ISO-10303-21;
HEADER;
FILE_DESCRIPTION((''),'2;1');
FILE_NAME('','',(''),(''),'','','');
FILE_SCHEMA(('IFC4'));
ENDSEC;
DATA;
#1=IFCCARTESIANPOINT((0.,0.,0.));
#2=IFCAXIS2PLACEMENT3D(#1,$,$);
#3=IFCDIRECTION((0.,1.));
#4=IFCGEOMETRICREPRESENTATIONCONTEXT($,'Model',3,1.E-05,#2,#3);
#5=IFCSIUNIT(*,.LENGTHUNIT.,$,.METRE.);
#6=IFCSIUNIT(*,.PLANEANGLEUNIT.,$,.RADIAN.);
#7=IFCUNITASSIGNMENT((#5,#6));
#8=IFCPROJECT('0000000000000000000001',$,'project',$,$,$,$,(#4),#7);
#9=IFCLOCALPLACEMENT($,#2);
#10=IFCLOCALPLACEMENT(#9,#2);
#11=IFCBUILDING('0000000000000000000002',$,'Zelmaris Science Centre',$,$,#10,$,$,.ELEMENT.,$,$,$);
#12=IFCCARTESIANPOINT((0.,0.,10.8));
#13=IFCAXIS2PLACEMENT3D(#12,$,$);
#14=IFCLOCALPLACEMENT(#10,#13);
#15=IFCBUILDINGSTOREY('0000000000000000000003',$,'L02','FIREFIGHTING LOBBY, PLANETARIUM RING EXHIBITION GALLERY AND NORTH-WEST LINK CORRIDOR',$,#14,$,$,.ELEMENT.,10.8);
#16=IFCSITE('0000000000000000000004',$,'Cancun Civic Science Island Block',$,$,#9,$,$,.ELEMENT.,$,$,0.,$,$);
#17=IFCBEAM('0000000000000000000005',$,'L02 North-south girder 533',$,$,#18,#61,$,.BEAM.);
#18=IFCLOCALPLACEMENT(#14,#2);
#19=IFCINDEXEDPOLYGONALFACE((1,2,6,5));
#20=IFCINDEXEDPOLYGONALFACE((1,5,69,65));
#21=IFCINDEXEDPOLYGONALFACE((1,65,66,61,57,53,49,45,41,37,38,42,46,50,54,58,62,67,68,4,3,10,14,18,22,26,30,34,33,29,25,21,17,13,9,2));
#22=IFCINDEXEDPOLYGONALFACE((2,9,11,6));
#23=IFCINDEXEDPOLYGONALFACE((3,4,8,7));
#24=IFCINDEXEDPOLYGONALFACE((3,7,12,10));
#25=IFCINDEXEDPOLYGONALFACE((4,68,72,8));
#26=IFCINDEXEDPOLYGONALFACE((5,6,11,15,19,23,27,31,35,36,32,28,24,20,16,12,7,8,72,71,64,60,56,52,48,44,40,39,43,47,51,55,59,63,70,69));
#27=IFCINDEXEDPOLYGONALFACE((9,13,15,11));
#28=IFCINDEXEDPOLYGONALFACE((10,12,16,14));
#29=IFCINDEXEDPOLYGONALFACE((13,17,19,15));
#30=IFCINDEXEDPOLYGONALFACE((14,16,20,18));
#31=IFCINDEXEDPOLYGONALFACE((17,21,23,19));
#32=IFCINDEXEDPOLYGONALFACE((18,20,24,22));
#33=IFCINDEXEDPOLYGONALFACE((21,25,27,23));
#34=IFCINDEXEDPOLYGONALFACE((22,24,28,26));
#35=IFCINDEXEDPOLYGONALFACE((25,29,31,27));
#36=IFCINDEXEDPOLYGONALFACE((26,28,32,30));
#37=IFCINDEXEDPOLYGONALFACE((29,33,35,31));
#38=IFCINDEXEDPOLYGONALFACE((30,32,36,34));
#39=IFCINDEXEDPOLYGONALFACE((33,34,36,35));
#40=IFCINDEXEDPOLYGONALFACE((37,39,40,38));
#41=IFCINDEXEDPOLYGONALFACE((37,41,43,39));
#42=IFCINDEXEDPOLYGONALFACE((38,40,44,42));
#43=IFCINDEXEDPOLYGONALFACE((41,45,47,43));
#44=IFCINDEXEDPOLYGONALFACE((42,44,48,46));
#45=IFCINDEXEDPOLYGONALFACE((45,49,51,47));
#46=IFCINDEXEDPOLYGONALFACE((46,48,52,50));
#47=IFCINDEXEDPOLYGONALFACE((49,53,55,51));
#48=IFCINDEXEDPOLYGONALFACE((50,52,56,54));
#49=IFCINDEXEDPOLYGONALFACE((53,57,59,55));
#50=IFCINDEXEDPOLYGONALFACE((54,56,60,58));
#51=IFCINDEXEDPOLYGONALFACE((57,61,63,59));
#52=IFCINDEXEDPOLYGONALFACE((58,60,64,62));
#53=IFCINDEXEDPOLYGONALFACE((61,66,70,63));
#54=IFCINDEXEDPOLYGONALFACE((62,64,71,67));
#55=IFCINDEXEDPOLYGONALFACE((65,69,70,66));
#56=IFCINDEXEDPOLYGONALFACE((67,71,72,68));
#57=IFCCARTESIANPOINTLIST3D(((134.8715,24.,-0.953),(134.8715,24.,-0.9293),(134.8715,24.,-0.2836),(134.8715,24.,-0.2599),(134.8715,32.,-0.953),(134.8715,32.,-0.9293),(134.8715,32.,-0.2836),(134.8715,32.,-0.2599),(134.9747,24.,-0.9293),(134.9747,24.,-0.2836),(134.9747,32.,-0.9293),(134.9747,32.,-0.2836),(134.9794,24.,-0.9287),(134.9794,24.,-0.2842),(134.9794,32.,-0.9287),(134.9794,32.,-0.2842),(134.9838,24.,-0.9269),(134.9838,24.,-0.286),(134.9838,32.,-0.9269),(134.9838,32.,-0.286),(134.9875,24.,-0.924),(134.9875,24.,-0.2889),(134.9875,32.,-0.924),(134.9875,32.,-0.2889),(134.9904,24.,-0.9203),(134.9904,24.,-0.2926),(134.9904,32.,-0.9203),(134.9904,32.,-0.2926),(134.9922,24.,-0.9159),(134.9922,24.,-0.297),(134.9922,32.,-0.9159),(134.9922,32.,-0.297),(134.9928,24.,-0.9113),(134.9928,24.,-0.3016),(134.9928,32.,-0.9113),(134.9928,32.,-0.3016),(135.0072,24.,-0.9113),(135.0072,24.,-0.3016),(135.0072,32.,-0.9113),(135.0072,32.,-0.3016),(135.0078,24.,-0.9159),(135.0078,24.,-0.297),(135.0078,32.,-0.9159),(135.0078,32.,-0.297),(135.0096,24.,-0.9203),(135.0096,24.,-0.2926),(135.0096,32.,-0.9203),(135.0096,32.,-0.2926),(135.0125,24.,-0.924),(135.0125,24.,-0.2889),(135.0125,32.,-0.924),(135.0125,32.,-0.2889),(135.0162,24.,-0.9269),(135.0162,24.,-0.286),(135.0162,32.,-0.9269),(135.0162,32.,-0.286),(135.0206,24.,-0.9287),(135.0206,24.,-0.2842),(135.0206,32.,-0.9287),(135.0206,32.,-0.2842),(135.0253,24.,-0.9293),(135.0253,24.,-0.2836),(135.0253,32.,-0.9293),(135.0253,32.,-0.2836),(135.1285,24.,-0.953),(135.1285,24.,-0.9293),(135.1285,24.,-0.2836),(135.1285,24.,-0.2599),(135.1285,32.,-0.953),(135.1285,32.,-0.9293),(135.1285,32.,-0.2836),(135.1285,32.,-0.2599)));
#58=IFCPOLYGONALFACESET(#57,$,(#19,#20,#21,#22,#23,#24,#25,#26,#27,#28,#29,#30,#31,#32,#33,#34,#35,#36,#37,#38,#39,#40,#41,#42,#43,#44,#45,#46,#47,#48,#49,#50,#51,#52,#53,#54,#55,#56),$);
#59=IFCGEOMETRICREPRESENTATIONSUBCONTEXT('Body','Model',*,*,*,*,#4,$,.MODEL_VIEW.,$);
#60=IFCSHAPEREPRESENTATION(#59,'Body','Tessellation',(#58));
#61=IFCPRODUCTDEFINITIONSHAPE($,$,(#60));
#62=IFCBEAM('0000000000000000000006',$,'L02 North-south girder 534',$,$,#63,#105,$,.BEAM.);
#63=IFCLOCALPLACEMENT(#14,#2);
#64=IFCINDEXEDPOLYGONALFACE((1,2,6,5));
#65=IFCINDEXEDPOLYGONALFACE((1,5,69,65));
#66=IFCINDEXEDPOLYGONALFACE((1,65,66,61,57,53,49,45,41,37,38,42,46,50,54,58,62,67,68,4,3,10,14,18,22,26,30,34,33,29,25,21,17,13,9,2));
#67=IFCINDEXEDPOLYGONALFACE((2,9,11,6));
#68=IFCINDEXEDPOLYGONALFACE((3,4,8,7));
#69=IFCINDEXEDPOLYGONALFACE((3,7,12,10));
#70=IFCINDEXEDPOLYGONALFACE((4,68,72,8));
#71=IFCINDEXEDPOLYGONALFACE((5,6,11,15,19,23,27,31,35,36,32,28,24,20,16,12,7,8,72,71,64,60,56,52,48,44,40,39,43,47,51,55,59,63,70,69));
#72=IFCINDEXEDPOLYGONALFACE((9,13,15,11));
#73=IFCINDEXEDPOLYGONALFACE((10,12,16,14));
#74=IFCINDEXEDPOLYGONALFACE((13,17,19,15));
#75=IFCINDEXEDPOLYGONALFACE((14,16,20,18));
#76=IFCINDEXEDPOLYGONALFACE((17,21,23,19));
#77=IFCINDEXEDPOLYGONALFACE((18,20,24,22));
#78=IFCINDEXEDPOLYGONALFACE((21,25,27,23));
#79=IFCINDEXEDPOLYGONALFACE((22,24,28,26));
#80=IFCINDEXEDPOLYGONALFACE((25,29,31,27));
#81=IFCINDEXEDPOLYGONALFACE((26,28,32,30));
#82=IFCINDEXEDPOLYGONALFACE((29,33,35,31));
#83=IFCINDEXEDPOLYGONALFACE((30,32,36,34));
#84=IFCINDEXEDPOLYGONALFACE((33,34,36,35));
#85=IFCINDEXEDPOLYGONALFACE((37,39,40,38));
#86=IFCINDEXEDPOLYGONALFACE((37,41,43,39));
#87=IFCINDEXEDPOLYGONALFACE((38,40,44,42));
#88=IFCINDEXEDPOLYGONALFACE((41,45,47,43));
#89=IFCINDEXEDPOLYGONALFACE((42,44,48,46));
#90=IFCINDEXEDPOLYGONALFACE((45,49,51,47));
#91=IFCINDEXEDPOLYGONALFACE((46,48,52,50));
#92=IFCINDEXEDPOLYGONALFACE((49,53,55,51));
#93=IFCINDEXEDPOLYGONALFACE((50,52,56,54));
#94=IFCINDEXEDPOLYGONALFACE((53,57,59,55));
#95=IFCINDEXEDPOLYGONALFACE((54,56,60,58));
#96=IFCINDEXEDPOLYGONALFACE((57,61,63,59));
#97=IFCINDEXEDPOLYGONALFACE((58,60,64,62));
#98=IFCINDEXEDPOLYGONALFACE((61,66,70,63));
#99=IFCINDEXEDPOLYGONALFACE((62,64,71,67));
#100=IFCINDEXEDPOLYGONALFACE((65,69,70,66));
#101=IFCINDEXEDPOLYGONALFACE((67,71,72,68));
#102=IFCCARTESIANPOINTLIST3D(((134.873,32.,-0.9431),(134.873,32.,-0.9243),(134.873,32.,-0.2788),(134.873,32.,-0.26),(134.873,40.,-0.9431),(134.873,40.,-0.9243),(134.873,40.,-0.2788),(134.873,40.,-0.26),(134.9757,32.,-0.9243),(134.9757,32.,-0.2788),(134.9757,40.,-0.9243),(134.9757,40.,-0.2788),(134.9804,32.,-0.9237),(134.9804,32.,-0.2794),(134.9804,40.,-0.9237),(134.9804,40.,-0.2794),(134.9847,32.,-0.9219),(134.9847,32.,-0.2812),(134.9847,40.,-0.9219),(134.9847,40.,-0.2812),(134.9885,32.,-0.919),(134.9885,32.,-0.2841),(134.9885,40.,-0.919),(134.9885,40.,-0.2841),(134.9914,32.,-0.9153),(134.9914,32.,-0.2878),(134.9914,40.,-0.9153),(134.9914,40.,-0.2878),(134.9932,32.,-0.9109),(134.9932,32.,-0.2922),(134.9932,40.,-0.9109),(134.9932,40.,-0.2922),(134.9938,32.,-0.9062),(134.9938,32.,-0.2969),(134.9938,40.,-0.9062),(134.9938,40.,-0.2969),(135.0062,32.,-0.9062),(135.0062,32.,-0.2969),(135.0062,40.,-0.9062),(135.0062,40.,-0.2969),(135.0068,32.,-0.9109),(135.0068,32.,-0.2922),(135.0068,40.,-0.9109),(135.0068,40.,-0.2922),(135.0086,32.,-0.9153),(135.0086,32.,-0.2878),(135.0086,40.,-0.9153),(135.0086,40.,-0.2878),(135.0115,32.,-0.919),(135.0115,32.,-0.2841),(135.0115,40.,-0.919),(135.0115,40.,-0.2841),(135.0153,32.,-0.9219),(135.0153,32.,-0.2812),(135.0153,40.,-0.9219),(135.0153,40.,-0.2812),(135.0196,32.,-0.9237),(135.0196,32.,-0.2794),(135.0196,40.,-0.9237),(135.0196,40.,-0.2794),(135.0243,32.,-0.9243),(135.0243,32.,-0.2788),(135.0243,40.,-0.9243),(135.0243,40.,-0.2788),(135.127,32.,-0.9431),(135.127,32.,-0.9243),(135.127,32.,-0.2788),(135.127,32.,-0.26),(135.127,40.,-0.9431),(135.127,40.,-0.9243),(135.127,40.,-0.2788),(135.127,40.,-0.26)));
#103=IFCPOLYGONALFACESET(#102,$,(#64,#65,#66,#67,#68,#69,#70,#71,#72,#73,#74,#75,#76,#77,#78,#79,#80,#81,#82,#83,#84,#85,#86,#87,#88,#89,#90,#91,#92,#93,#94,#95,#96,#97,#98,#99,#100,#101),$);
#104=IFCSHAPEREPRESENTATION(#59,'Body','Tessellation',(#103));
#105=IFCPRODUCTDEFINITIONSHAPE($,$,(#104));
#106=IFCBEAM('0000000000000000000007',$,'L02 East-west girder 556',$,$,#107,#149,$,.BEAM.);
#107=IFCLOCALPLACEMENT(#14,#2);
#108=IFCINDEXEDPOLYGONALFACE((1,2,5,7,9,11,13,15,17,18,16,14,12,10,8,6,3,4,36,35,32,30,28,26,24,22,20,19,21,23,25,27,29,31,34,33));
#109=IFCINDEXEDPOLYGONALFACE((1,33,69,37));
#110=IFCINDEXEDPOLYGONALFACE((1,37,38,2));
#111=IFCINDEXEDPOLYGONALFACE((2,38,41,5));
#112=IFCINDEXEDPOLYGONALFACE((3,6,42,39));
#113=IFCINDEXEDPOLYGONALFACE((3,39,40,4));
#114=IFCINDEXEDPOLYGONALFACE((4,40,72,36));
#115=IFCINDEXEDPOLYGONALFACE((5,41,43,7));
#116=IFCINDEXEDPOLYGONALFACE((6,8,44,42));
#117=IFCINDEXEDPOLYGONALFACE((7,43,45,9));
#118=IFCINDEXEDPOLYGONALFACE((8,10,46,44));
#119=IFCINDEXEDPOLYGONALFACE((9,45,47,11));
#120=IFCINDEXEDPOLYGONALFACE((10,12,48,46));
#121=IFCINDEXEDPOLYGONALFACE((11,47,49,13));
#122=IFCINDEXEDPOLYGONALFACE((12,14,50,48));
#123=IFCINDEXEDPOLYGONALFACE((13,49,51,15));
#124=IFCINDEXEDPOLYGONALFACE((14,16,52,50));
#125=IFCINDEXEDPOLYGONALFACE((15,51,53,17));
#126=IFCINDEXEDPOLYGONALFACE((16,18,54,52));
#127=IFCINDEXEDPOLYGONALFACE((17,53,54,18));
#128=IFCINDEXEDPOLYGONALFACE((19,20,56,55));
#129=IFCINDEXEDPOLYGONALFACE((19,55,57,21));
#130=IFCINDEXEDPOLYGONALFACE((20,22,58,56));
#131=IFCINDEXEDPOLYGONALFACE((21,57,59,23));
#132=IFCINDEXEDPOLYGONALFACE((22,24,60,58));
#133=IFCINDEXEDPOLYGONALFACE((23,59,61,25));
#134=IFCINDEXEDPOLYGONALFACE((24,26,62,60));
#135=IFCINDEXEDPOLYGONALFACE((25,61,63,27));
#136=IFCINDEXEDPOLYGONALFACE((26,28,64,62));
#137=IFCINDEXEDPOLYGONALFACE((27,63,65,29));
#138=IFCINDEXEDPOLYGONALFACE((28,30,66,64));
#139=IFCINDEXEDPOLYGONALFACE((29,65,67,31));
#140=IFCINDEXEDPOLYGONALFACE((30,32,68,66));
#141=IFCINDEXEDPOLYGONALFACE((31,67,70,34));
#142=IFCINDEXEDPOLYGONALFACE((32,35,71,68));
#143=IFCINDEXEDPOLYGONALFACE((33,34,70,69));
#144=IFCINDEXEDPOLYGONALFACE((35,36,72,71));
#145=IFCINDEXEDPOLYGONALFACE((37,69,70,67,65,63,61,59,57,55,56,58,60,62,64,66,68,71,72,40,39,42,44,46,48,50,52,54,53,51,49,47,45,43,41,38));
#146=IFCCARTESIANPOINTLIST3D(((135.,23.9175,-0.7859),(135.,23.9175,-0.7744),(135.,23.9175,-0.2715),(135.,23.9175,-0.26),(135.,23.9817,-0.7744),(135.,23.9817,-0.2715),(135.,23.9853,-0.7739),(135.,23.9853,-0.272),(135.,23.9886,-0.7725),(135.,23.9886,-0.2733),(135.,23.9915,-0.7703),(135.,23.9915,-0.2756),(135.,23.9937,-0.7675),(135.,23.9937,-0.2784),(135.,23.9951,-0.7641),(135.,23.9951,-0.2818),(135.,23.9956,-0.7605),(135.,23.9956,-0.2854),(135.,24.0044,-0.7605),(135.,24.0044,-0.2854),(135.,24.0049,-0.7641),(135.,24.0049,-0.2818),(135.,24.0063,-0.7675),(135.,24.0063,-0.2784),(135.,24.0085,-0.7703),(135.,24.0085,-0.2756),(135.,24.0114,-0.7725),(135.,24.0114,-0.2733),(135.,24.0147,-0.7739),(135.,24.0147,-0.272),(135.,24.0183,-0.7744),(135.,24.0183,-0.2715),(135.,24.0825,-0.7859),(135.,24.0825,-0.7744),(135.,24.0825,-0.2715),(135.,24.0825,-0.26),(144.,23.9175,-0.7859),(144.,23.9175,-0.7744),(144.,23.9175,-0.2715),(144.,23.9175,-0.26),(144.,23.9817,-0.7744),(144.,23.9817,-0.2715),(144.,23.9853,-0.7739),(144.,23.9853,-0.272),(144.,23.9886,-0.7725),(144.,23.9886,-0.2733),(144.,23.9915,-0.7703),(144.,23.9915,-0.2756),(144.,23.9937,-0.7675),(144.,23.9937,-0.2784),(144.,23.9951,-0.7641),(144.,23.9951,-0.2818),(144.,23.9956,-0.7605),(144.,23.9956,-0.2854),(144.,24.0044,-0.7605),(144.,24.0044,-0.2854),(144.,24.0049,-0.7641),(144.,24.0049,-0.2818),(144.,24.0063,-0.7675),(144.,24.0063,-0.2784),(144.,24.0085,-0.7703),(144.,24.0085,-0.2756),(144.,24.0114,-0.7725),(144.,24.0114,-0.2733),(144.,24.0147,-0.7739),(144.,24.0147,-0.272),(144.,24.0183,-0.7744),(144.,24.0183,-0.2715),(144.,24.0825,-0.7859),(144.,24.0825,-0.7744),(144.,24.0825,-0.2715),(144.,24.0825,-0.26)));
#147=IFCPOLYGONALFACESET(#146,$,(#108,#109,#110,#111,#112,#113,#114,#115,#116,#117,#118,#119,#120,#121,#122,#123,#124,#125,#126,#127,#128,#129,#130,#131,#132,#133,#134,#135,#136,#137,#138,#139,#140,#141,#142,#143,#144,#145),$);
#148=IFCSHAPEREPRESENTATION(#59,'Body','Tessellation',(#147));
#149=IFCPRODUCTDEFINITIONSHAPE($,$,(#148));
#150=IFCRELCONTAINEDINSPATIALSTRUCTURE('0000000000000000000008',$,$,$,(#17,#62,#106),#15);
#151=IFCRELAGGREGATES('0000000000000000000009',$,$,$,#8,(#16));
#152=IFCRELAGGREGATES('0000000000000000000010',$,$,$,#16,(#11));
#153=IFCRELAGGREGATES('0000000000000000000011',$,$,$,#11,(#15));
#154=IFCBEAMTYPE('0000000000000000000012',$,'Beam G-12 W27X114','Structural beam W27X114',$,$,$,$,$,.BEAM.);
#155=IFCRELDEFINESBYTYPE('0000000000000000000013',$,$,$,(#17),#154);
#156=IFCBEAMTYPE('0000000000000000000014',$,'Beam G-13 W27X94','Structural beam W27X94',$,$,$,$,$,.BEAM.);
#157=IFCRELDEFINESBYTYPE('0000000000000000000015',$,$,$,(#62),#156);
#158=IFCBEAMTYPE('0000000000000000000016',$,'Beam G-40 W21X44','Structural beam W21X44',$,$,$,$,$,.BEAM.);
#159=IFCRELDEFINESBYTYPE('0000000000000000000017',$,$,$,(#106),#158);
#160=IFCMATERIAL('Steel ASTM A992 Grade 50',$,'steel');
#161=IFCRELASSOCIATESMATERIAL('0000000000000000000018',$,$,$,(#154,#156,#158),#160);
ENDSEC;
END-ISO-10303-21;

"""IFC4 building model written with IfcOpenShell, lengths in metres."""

from ifc_helpers import new_model, si_unit, direction, frame, origin, origin_2d, place, context, subcontext, project, spatial, i_section, extrude, material, material_profile, profile_set, type_object, element, save


model = new_model("IFC4")

# Units and contexts
model_context = context("Model", 3, precision=1e-05, world=origin(), true_north=direction((0.0, 1.0)))
body_context = subcontext(model_context, "Body", "Model", "MODEL_VIEW")
ifc_project = project(units=[si_unit("LENGTHUNIT", "METRE"), si_unit("PLANEANGLEUNIT", "RADIAN")], contexts=[model_context])

# Site, building, storey
site_placement = place(None, origin())
site = spatial("IfcSite", under=ifc_project, at=site_placement, Name="Cancun Civic Science Island Block", CompositionType="ELEMENT", RefElevation=0.0)
building_placement = place(site_placement, origin())
building = spatial("IfcBuilding", under=site, at=building_placement, Name="Zelmaris Science Centre", CompositionType="ELEMENT")
storey_placement = place(building_placement, frame((0.0, 0.0, 10.8)))
storey = spatial("IfcBuildingStorey", under=building, at=storey_placement, Name="L02", Description="FIREFIGHTING LOBBY, PLANETARIUM RING EXHIBITION GALLERY AND NORTH-WEST LINK CORRIDOR", CompositionType="ELEMENT", Elevation=10.8)

# Shared definitions
ifc_material_1 = material(Name="Steel ASTM A992 Grade 50", Category="steel")

# Beams
ifc_material_profile_1 = material_profile(ifc_material_1, i_section(OverallWidth=0.2571, OverallDepth=0.6931, WebThickness=0.0144, FlangeThickness=0.0237, FilletRadius=0.0181, at=origin_2d()), Name="W27X114")
ifc_profile_set_1 = profile_set([ifc_material_profile_1], Name="Steel ASTM A992 Grade 50")
beam_type_1 = type_object("IfcBeamType", Name="Beam G-12 W27X114", Description="Structural beam W27X114", PredefinedType="BEAM", material=ifc_profile_set_1)
beam_1_placement = place(storey_placement, frame((135.0, 24.0, -0.6064), z_axis=(0.0, 1.0, 0.0), x_axis=(-1.0, 0.0, 0.0)))
element("IfcBeam", 1, at=beam_1_placement, inside=storey, type_object=beam_type_1, Name="L02 North-south girder 533", PredefinedType="BEAM", context=body_context, shape_type="SweptSolid", body=[
    extrude(i_section(OverallWidth=0.2571, OverallDepth=0.6931, WebThickness=0.0144, FlangeThickness=0.0237, FilletRadius=0.0181, at=origin_2d()), origin(), (0.0, 0.0, 1.0), 8.0),
])
ifc_material_profile_2 = material_profile(ifc_material_1, i_section(OverallWidth=0.2539, OverallDepth=0.6831, WebThickness=0.0125, FlangeThickness=0.0188, FilletRadius=0.0181, at=origin_2d()), Name="W27X94")
ifc_profile_set_2 = profile_set([ifc_material_profile_2], Name="Steel ASTM A992 Grade 50")
beam_type_2 = type_object("IfcBeamType", Name="Beam G-13 W27X94", Description="Structural beam W27X94", PredefinedType="BEAM", material=ifc_profile_set_2)
beam_2_placement = place(storey_placement, frame((135.0, 32.0, -0.6016), z_axis=(0.0, 1.0, 0.0), x_axis=(-1.0, 0.0, 0.0)))
element("IfcBeam", 2, at=beam_2_placement, inside=storey, type_object=beam_type_2, Name="L02 North-south girder 534", PredefinedType="BEAM", context=body_context, shape_type="SweptSolid", body=[
    extrude(i_section(OverallWidth=0.2539, OverallDepth=0.6831, WebThickness=0.0125, FlangeThickness=0.0188, FilletRadius=0.0181, at=origin_2d()), origin(), (0.0, 0.0, 1.0), 8.0),
])
ifc_material_profile_3 = material_profile(ifc_material_1, i_section(OverallWidth=0.165, OverallDepth=0.5259, WebThickness=0.0088, FlangeThickness=0.0115, FilletRadius=0.0139, at=origin_2d()), Name="W21X44")
ifc_profile_set_3 = profile_set([ifc_material_profile_3], Name="Steel ASTM A992 Grade 50")
beam_type_3 = type_object("IfcBeamType", Name="Beam G-40 W21X44", Description="Structural beam W21X44", PredefinedType="BEAM", material=ifc_profile_set_3)
beam_3_placement = place(storey_placement, frame((135.0, 24.0, -0.5229), z_axis=(1.0, 0.0, 0.0), x_axis=(0.0, 1.0, 0.0)))
element("IfcBeam", 3, at=beam_3_placement, inside=storey, type_object=beam_type_3, Name="L02 East-west girder 556", PredefinedType="BEAM", context=body_context, shape_type="SweptSolid", body=[
    extrude(i_section(OverallWidth=0.165, OverallDepth=0.5259, WebThickness=0.0088, FlangeThickness=0.0115, FilletRadius=0.0139, at=origin_2d()), origin(), (0.0, 0.0, 1.0), 9.0),
])

save(model, "model.ifc")
